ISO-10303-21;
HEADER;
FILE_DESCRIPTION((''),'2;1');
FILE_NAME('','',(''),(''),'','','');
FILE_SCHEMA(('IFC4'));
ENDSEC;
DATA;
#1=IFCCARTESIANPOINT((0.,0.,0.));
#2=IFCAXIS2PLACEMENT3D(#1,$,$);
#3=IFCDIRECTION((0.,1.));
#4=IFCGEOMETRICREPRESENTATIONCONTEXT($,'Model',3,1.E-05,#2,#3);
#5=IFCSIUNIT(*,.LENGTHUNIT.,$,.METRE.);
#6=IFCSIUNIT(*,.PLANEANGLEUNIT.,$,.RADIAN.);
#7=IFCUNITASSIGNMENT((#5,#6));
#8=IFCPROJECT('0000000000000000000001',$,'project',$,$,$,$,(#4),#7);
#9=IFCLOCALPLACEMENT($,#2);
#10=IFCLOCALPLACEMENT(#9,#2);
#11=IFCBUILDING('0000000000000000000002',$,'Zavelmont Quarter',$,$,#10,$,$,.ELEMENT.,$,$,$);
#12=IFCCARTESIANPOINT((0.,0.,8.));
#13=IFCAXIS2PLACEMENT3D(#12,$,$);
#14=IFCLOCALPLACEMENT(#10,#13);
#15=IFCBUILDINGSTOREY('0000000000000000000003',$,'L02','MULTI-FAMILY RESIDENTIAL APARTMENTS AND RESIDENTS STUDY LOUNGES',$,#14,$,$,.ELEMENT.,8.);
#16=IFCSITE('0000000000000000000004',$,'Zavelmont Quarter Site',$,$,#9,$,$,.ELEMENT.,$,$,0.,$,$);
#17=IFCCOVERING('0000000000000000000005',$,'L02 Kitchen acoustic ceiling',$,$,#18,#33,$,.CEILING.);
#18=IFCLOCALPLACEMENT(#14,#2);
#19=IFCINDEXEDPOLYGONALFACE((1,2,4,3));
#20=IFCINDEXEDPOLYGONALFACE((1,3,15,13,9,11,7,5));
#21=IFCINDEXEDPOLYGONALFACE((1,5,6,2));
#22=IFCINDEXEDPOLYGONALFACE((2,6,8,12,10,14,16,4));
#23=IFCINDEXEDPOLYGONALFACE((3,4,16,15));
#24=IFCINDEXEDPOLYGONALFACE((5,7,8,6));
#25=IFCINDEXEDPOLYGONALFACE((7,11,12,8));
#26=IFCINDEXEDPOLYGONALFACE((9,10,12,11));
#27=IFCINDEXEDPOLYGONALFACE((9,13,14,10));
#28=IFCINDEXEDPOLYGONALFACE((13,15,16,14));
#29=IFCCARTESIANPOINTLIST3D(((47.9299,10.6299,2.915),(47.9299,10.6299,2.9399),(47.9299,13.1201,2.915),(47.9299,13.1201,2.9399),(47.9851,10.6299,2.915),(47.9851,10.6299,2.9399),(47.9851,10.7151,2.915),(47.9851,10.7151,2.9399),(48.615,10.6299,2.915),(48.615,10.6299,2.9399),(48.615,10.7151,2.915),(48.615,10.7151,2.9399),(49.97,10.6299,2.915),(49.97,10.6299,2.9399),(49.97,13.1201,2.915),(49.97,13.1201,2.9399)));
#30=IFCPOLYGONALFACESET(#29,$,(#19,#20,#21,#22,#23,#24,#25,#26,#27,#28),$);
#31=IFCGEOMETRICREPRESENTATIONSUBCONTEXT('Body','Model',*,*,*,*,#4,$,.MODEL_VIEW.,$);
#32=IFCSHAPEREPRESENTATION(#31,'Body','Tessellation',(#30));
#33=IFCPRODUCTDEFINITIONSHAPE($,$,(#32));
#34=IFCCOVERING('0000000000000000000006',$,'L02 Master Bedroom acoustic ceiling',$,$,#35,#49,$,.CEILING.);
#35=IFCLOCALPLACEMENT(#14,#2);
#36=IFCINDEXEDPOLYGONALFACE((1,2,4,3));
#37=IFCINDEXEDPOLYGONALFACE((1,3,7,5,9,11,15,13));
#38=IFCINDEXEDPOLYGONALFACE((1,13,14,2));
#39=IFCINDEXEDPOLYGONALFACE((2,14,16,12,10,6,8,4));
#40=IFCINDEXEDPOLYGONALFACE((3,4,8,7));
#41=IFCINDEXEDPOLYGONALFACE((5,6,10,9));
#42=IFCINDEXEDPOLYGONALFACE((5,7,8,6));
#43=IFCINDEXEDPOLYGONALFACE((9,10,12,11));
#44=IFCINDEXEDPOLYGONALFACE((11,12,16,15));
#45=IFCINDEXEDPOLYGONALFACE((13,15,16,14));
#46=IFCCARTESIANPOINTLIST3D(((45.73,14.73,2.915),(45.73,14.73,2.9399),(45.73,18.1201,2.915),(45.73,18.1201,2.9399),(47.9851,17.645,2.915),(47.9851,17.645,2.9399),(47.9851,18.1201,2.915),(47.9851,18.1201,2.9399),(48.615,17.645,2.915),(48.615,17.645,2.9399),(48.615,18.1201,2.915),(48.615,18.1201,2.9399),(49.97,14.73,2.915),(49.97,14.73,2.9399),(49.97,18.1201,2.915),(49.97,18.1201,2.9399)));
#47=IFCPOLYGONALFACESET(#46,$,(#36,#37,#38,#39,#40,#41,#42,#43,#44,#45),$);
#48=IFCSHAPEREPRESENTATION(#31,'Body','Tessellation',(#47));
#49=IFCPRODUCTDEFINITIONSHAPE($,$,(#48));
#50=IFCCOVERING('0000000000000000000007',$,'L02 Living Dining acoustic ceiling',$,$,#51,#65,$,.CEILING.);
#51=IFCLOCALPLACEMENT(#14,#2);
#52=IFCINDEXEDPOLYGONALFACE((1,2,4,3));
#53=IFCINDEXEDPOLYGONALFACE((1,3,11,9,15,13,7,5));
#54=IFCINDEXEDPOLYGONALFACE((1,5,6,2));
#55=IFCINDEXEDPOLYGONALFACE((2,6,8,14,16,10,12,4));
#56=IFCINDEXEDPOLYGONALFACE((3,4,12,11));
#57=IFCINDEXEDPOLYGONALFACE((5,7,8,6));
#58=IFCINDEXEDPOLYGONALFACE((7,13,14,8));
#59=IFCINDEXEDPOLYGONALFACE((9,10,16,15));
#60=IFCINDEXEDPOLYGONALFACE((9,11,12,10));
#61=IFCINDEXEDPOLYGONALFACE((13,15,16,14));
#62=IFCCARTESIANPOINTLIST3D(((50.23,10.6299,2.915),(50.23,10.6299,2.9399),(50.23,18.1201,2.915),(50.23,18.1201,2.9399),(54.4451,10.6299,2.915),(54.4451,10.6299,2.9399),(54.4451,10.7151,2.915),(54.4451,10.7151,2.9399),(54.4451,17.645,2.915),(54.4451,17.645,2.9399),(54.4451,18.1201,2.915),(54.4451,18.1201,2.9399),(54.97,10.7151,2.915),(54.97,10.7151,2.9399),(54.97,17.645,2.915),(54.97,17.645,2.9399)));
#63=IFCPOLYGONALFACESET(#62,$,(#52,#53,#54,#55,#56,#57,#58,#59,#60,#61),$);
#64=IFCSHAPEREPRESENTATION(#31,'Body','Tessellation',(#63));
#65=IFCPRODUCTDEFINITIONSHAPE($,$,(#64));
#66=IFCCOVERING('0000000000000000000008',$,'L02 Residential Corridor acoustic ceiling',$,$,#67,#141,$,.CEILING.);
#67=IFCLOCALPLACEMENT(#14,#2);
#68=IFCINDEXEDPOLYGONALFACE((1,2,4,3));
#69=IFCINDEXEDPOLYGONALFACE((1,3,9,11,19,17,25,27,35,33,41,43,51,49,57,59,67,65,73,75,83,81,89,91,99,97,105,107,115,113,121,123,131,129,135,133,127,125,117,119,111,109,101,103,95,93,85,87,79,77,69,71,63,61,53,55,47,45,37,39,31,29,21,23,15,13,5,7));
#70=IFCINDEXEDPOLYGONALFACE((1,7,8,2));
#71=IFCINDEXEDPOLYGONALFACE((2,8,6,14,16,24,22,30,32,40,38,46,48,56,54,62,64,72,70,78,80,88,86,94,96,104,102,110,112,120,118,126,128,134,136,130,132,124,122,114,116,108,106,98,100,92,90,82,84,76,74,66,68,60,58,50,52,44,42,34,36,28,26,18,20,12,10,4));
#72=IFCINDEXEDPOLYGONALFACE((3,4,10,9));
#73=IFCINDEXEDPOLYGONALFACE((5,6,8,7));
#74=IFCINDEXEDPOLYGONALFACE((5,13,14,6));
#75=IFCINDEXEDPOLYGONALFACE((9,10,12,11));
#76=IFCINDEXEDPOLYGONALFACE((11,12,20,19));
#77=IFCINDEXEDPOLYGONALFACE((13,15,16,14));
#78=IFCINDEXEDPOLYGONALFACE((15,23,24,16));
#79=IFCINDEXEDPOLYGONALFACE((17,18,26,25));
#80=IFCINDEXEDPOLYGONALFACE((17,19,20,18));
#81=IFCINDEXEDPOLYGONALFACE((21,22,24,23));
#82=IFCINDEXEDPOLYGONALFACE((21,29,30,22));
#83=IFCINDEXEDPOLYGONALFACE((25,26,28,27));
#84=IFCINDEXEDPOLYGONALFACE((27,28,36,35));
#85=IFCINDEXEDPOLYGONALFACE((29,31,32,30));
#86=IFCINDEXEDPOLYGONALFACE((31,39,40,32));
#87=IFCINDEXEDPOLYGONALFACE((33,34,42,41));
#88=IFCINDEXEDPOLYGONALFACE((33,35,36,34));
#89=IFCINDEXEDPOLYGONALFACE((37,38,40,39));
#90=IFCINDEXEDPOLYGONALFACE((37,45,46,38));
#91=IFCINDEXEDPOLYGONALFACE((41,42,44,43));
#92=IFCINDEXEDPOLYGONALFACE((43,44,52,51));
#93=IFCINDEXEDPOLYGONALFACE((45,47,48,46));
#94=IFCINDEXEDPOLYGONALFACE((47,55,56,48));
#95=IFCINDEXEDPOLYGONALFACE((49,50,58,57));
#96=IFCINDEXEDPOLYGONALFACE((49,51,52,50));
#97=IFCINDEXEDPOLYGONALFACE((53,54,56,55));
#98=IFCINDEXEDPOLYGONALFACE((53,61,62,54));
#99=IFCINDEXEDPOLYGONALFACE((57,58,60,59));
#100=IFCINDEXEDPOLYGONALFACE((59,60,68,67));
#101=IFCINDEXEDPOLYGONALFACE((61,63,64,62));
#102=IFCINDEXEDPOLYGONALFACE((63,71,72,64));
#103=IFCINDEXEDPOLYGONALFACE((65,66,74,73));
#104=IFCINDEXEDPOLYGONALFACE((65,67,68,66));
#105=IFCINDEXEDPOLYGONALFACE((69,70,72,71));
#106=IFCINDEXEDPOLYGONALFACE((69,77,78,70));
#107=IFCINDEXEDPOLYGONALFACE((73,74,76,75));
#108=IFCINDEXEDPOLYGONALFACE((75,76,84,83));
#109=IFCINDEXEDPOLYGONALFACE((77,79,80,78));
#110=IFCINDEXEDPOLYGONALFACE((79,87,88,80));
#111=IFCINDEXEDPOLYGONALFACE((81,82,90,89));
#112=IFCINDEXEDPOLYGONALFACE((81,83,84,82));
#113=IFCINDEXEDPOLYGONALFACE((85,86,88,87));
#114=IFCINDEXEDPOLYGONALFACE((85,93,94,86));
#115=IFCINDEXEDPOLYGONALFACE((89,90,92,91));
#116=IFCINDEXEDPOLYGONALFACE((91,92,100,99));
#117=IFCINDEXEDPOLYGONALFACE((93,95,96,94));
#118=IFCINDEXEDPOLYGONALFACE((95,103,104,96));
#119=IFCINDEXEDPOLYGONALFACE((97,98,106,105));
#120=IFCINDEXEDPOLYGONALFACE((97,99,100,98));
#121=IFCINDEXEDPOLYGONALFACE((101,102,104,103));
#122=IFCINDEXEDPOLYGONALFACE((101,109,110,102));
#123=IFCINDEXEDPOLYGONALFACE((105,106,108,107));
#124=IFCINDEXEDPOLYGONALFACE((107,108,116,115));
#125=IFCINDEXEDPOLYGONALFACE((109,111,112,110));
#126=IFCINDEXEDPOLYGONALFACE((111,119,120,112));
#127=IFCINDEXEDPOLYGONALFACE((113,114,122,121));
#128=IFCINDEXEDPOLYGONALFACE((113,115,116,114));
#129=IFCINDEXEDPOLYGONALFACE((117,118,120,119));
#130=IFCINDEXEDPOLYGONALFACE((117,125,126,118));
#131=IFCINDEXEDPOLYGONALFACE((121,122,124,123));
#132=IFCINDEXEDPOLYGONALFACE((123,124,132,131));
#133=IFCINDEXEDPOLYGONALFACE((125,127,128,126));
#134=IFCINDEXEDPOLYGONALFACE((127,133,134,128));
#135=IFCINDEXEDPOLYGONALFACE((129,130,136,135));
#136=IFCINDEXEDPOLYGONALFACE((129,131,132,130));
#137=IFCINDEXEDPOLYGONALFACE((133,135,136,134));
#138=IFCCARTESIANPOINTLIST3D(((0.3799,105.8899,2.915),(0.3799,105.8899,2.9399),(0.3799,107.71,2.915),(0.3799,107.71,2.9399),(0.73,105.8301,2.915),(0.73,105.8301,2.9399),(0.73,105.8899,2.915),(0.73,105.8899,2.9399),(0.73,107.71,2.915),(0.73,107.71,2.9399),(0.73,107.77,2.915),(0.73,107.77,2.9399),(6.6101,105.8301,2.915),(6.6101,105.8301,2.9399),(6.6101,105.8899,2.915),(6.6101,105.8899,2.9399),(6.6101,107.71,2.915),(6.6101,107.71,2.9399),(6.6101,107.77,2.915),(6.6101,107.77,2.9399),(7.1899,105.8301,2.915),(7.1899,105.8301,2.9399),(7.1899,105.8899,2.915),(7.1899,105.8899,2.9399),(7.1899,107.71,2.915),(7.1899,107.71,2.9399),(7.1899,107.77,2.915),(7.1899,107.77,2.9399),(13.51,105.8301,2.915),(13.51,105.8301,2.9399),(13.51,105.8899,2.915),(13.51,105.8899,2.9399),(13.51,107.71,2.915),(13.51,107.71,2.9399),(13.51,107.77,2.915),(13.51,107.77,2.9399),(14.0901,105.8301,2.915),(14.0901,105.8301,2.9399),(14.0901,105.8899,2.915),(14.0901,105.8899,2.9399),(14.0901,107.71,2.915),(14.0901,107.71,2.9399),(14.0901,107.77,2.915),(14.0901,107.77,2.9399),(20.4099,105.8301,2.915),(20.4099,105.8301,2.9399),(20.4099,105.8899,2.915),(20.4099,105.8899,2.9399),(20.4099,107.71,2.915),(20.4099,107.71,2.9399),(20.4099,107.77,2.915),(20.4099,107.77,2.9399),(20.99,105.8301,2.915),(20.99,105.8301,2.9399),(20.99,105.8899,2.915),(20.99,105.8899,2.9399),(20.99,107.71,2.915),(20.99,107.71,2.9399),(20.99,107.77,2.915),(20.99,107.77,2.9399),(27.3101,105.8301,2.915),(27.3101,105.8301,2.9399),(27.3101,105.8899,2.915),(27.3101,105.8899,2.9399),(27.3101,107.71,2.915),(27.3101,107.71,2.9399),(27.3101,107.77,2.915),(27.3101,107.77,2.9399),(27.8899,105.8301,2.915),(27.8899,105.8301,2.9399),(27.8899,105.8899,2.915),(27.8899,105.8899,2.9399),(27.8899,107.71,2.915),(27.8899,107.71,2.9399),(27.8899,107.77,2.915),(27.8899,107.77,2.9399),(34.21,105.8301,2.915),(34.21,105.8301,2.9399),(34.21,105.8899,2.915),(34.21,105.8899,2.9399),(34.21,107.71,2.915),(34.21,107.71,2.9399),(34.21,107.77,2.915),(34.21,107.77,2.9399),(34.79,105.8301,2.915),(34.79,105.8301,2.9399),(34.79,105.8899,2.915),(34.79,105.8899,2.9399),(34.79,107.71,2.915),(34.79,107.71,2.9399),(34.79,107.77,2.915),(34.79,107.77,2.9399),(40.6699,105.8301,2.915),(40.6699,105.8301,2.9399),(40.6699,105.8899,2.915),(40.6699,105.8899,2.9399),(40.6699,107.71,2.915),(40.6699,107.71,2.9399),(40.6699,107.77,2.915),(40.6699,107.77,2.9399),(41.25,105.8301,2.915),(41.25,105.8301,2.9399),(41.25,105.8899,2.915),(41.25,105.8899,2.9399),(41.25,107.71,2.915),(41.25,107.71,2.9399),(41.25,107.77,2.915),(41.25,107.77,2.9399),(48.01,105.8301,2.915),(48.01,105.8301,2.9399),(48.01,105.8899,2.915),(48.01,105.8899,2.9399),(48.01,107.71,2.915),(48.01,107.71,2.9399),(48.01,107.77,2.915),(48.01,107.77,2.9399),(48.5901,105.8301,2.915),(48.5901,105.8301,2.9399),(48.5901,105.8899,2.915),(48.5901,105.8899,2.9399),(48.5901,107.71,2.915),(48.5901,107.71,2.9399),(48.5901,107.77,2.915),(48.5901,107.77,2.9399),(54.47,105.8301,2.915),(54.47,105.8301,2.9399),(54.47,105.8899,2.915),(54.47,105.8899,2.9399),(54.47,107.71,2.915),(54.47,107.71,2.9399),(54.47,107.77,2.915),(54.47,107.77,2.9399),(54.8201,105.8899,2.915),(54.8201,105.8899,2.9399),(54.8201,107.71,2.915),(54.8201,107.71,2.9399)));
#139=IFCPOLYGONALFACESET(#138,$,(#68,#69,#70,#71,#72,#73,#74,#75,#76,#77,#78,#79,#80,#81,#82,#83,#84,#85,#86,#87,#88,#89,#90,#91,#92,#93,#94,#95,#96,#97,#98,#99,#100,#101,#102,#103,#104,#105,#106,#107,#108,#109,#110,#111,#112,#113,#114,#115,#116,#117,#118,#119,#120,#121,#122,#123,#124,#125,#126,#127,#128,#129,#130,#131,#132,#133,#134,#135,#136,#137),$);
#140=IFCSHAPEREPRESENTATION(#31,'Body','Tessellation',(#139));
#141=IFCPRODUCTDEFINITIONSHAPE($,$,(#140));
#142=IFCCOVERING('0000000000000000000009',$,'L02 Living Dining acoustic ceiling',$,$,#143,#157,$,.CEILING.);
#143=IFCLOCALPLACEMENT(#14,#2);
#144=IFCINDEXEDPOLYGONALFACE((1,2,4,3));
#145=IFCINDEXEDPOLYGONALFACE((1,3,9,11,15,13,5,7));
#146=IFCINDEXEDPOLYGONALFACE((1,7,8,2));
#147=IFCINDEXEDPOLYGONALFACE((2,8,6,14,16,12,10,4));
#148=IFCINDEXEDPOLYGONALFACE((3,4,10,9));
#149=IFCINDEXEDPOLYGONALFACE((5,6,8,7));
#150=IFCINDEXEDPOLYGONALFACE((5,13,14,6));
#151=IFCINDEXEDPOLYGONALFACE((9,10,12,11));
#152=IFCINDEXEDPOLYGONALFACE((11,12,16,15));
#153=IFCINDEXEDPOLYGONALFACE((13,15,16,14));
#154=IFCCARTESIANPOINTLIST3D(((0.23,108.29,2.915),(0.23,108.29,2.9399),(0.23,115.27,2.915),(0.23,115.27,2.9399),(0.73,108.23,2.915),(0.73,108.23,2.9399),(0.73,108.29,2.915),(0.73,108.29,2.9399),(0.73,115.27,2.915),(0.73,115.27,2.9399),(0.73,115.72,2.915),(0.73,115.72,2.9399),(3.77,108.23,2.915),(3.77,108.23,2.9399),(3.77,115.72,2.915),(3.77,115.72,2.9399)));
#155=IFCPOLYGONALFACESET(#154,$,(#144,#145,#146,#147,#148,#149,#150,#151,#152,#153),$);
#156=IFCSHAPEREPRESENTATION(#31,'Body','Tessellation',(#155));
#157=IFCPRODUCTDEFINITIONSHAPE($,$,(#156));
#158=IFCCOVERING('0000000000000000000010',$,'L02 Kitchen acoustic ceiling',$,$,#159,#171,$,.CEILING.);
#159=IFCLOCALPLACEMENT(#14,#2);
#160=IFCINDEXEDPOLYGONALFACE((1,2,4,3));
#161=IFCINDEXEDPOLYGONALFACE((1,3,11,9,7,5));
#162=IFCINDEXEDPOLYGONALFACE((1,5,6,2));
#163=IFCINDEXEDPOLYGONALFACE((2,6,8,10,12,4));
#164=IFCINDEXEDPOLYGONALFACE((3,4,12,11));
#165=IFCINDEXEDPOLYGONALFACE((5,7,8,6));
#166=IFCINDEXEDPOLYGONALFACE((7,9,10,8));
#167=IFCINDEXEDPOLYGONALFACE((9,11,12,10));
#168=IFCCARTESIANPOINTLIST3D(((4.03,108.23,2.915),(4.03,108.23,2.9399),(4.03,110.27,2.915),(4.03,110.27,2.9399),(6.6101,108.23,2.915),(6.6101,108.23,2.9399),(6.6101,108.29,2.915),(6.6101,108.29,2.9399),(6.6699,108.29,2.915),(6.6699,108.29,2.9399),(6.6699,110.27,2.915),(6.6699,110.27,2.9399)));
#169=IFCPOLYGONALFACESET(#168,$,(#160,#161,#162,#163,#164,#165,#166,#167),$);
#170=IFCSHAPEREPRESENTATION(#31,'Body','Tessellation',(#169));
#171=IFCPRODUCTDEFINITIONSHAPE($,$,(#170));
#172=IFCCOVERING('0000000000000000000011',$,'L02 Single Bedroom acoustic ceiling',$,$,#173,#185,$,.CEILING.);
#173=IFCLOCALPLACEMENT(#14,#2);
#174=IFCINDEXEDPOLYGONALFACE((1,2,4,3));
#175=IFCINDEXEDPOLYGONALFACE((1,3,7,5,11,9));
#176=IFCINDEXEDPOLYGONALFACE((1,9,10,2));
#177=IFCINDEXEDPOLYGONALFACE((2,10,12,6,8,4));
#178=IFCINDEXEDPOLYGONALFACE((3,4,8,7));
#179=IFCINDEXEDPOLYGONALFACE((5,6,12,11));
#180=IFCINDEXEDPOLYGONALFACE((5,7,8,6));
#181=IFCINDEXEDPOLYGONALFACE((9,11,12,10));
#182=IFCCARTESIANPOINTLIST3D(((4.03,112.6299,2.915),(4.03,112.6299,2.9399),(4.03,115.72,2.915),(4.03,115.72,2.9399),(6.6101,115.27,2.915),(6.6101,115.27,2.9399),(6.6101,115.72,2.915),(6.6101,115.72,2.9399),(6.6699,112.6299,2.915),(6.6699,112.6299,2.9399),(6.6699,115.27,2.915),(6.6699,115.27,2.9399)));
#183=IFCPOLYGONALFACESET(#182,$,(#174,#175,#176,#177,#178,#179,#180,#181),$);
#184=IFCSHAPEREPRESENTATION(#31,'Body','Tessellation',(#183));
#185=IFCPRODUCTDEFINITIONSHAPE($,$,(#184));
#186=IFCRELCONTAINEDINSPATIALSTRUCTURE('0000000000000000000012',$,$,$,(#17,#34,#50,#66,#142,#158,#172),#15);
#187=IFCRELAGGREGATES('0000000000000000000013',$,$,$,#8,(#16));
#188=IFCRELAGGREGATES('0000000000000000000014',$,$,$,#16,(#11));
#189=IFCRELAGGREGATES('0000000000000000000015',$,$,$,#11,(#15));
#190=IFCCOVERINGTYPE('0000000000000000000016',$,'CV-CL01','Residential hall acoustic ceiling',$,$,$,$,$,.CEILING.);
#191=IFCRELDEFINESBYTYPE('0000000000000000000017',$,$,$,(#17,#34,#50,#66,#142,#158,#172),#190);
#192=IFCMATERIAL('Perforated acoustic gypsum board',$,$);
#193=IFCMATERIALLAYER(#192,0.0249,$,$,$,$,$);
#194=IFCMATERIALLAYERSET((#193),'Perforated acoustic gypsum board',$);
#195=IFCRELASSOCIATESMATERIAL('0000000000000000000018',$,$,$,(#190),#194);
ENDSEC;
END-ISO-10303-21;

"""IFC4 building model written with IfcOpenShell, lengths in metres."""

from ifc_helpers import new_model, si_unit, direction, frame, origin, place, context, subcontext, project, spatial, polyline, outline, extrude, material, layer, layer_set, type_object, element, save


model = new_model("IFC4")

# Units and contexts
model_context = context("Model", 3, precision=1e-05, world=origin(), true_north=direction((0.0, 1.0)))
body_context = subcontext(model_context, "Body", "Model", "MODEL_VIEW")
ifc_project = project(units=[si_unit("LENGTHUNIT", "METRE"), si_unit("PLANEANGLEUNIT", "RADIAN")], contexts=[model_context])

# Site, building, storey
site_placement = place(None, origin())
site = spatial("IfcSite", under=ifc_project, at=site_placement, Name="Zavelmont Quarter Site", CompositionType="ELEMENT", RefElevation=0.0)
building_placement = place(site_placement, origin())
building = spatial("IfcBuilding", under=site, at=building_placement, Name="Zavelmont Quarter", CompositionType="ELEMENT")
storey_placement = place(building_placement, frame((0.0, 0.0, 8.0)))
storey = spatial("IfcBuildingStorey", under=building, at=storey_placement, Name="L02", Description="MULTI-FAMILY RESIDENTIAL APARTMENTS AND RESIDENTS STUDY LOUNGES", CompositionType="ELEMENT", Elevation=8.0)

# Coverings
ifc_material_1 = material(Name="Perforated acoustic gypsum board")
ifc_layer_1 = layer(ifc_material_1, 0.0249)
ifc_layer_set_1 = layer_set([ifc_layer_1], Name="Perforated acoustic gypsum board")
covering_type_1 = type_object("IfcCoveringType", Name="CV-CL01", Description="Residential hall acoustic ceiling", PredefinedType="CEILING", material=ifc_layer_set_1)
covering_1_placement = place(storey_placement, frame((0.0, 0.0, 2.915)))
element("IfcCovering", 1, at=covering_1_placement, inside=storey, type_object=covering_type_1, Name="L02 Kitchen acoustic ceiling", PredefinedType="CEILING", context=body_context, shape_type="SweptSolid", body=[
    extrude(outline(polyline([(47.9299, 13.1201), (49.97, 13.1201), (49.97, 10.6299), (48.615, 10.6299), (48.615, 10.7151), (47.9851, 10.7151), (47.9851, 10.6299), (47.9299, 10.6299), (47.9299, 13.1201)])), origin(), (0.0, 0.0, 1.0), 0.0249),
])
covering_2_placement = place(storey_placement, frame((0.0, 0.0, 2.915)))
element("IfcCovering", 2, at=covering_2_placement, inside=storey, type_object=covering_type_1, Name="L02 Master Bedroom acoustic ceiling", PredefinedType="CEILING", context=body_context, shape_type="SweptSolid", body=[
    extrude(outline(polyline([(45.73, 18.1201), (47.9851, 18.1201), (47.9851, 17.645), (48.615, 17.645), (48.615, 18.1201), (49.97, 18.1201), (49.97, 14.73), (45.73, 14.73), (45.73, 18.1201)])), origin(), (0.0, 0.0, 1.0), 0.0249),
])
covering_3_placement = place(storey_placement, frame((0.0, 0.0, 2.915)))
element("IfcCovering", 3, at=covering_3_placement, inside=storey, type_object=covering_type_1, Name="L02 Living Dining acoustic ceiling", PredefinedType="CEILING", context=body_context, shape_type="SweptSolid", body=[
    extrude(outline(polyline([(50.23, 18.1201), (54.4451, 18.1201), (54.4451, 17.645), (54.97, 17.645), (54.97, 10.7151), (54.4451, 10.7151), (54.4451, 10.6299), (50.23, 10.6299), (50.23, 18.1201)])), origin(), (0.0, 0.0, 1.0), 0.0249),
])
covering_4_placement = place(storey_placement, frame((0.0, 0.0, 2.915)))
element("IfcCovering", 4, at=covering_4_placement, inside=storey, type_object=covering_type_1, Name="L02 Residential Corridor acoustic ceiling", PredefinedType="CEILING", context=body_context, shape_type="SweptSolid", body=[
    extrude(outline(polyline([(0.3799, 107.71), (0.73, 107.71), (0.73, 107.77), (6.6101, 107.77), (6.6101, 107.71), (7.1899, 107.71), (7.1899, 107.77), (13.51, 107.77), (13.51, 107.71), (14.0901, 107.71), (14.0901, 107.77), (20.4099, 107.77), (20.4099, 107.71), (20.99, 107.71), (20.99, 107.77), (27.3101, 107.77), (27.3101, 107.71), (27.8899, 107.71), (27.8899, 107.77), (34.21, 107.77), (34.21, 107.71), (34.79, 107.71), (34.79, 107.77), (40.6699, 107.77), (40.6699, 107.71), (41.25, 107.71), (41.25, 107.77), (48.01, 107.77), (48.01, 107.71), (48.5901, 107.71), (48.5901, 107.77), (54.47, 107.77), (54.47, 107.71), (54.8201, 107.71), (54.8201, 105.8899), (54.47, 105.8899), (54.47, 105.8301), (48.5901, 105.8301), (48.5901, 105.8899), (48.01, 105.8899), (48.01, 105.8301), (41.25, 105.8301), (41.25, 105.8899), (40.6699, 105.8899), (40.6699, 105.8301), (34.79, 105.8301), (34.79, 105.8899), (34.21, 105.8899), (34.21, 105.8301), (27.8899, 105.8301), (27.8899, 105.8899), (27.3101, 105.8899), (27.3101, 105.8301), (20.99, 105.8301), (20.99, 105.8899), (20.4099, 105.8899), (20.4099, 105.8301), (14.0901, 105.8301), (14.0901, 105.8899), (13.51, 105.8899), (13.51, 105.8301), (7.1899, 105.8301), (7.1899, 105.8899), (6.6101, 105.8899), (6.6101, 105.8301), (0.73, 105.8301), (0.73, 105.8899), (0.3799, 105.8899), (0.3799, 107.71)])), origin(), (0.0, 0.0, 1.0), 0.0249),
])
covering_5_placement = place(storey_placement, frame((0.0, 0.0, 2.915)))
element("IfcCovering", 5, at=covering_5_placement, inside=storey, type_object=covering_type_1, Name="L02 Living Dining acoustic ceiling", PredefinedType="CEILING", context=body_context, shape_type="SweptSolid", body=[
    extrude(outline(polyline([(0.23, 115.27), (0.73, 115.27), (0.73, 115.72), (3.77, 115.72), (3.77, 108.23), (0.73, 108.23), (0.73, 108.29), (0.23, 108.29), (0.23, 115.27)])), origin(), (0.0, 0.0, 1.0), 0.0249),
])
covering_6_placement = place(storey_placement, frame((0.0, 0.0, 2.915)))
element("IfcCovering", 6, at=covering_6_placement, inside=storey, type_object=covering_type_1, Name="L02 Kitchen acoustic ceiling", PredefinedType="CEILING", context=body_context, shape_type="SweptSolid", body=[
    extrude(outline(polyline([(4.03, 110.27), (6.6699, 110.27), (6.6699, 108.29), (6.6101, 108.29), (6.6101, 108.23), (4.03, 108.23), (4.03, 110.27)])), origin(), (0.0, 0.0, 1.0), 0.0249),
])
covering_7_placement = place(storey_placement, frame((0.0, 0.0, 2.915)))
element("IfcCovering", 7, at=covering_7_placement, inside=storey, type_object=covering_type_1, Name="L02 Single Bedroom acoustic ceiling", PredefinedType="CEILING", context=body_context, shape_type="SweptSolid", body=[
    extrude(outline(polyline([(4.03, 115.72), (6.6101, 115.72), (6.6101, 115.27), (6.6699, 115.27), (6.6699, 112.6299), (4.03, 112.6299), (4.03, 115.72)])), origin(), (0.0, 0.0, 1.0), 0.0249),
])

save(model, "model.ifc")
